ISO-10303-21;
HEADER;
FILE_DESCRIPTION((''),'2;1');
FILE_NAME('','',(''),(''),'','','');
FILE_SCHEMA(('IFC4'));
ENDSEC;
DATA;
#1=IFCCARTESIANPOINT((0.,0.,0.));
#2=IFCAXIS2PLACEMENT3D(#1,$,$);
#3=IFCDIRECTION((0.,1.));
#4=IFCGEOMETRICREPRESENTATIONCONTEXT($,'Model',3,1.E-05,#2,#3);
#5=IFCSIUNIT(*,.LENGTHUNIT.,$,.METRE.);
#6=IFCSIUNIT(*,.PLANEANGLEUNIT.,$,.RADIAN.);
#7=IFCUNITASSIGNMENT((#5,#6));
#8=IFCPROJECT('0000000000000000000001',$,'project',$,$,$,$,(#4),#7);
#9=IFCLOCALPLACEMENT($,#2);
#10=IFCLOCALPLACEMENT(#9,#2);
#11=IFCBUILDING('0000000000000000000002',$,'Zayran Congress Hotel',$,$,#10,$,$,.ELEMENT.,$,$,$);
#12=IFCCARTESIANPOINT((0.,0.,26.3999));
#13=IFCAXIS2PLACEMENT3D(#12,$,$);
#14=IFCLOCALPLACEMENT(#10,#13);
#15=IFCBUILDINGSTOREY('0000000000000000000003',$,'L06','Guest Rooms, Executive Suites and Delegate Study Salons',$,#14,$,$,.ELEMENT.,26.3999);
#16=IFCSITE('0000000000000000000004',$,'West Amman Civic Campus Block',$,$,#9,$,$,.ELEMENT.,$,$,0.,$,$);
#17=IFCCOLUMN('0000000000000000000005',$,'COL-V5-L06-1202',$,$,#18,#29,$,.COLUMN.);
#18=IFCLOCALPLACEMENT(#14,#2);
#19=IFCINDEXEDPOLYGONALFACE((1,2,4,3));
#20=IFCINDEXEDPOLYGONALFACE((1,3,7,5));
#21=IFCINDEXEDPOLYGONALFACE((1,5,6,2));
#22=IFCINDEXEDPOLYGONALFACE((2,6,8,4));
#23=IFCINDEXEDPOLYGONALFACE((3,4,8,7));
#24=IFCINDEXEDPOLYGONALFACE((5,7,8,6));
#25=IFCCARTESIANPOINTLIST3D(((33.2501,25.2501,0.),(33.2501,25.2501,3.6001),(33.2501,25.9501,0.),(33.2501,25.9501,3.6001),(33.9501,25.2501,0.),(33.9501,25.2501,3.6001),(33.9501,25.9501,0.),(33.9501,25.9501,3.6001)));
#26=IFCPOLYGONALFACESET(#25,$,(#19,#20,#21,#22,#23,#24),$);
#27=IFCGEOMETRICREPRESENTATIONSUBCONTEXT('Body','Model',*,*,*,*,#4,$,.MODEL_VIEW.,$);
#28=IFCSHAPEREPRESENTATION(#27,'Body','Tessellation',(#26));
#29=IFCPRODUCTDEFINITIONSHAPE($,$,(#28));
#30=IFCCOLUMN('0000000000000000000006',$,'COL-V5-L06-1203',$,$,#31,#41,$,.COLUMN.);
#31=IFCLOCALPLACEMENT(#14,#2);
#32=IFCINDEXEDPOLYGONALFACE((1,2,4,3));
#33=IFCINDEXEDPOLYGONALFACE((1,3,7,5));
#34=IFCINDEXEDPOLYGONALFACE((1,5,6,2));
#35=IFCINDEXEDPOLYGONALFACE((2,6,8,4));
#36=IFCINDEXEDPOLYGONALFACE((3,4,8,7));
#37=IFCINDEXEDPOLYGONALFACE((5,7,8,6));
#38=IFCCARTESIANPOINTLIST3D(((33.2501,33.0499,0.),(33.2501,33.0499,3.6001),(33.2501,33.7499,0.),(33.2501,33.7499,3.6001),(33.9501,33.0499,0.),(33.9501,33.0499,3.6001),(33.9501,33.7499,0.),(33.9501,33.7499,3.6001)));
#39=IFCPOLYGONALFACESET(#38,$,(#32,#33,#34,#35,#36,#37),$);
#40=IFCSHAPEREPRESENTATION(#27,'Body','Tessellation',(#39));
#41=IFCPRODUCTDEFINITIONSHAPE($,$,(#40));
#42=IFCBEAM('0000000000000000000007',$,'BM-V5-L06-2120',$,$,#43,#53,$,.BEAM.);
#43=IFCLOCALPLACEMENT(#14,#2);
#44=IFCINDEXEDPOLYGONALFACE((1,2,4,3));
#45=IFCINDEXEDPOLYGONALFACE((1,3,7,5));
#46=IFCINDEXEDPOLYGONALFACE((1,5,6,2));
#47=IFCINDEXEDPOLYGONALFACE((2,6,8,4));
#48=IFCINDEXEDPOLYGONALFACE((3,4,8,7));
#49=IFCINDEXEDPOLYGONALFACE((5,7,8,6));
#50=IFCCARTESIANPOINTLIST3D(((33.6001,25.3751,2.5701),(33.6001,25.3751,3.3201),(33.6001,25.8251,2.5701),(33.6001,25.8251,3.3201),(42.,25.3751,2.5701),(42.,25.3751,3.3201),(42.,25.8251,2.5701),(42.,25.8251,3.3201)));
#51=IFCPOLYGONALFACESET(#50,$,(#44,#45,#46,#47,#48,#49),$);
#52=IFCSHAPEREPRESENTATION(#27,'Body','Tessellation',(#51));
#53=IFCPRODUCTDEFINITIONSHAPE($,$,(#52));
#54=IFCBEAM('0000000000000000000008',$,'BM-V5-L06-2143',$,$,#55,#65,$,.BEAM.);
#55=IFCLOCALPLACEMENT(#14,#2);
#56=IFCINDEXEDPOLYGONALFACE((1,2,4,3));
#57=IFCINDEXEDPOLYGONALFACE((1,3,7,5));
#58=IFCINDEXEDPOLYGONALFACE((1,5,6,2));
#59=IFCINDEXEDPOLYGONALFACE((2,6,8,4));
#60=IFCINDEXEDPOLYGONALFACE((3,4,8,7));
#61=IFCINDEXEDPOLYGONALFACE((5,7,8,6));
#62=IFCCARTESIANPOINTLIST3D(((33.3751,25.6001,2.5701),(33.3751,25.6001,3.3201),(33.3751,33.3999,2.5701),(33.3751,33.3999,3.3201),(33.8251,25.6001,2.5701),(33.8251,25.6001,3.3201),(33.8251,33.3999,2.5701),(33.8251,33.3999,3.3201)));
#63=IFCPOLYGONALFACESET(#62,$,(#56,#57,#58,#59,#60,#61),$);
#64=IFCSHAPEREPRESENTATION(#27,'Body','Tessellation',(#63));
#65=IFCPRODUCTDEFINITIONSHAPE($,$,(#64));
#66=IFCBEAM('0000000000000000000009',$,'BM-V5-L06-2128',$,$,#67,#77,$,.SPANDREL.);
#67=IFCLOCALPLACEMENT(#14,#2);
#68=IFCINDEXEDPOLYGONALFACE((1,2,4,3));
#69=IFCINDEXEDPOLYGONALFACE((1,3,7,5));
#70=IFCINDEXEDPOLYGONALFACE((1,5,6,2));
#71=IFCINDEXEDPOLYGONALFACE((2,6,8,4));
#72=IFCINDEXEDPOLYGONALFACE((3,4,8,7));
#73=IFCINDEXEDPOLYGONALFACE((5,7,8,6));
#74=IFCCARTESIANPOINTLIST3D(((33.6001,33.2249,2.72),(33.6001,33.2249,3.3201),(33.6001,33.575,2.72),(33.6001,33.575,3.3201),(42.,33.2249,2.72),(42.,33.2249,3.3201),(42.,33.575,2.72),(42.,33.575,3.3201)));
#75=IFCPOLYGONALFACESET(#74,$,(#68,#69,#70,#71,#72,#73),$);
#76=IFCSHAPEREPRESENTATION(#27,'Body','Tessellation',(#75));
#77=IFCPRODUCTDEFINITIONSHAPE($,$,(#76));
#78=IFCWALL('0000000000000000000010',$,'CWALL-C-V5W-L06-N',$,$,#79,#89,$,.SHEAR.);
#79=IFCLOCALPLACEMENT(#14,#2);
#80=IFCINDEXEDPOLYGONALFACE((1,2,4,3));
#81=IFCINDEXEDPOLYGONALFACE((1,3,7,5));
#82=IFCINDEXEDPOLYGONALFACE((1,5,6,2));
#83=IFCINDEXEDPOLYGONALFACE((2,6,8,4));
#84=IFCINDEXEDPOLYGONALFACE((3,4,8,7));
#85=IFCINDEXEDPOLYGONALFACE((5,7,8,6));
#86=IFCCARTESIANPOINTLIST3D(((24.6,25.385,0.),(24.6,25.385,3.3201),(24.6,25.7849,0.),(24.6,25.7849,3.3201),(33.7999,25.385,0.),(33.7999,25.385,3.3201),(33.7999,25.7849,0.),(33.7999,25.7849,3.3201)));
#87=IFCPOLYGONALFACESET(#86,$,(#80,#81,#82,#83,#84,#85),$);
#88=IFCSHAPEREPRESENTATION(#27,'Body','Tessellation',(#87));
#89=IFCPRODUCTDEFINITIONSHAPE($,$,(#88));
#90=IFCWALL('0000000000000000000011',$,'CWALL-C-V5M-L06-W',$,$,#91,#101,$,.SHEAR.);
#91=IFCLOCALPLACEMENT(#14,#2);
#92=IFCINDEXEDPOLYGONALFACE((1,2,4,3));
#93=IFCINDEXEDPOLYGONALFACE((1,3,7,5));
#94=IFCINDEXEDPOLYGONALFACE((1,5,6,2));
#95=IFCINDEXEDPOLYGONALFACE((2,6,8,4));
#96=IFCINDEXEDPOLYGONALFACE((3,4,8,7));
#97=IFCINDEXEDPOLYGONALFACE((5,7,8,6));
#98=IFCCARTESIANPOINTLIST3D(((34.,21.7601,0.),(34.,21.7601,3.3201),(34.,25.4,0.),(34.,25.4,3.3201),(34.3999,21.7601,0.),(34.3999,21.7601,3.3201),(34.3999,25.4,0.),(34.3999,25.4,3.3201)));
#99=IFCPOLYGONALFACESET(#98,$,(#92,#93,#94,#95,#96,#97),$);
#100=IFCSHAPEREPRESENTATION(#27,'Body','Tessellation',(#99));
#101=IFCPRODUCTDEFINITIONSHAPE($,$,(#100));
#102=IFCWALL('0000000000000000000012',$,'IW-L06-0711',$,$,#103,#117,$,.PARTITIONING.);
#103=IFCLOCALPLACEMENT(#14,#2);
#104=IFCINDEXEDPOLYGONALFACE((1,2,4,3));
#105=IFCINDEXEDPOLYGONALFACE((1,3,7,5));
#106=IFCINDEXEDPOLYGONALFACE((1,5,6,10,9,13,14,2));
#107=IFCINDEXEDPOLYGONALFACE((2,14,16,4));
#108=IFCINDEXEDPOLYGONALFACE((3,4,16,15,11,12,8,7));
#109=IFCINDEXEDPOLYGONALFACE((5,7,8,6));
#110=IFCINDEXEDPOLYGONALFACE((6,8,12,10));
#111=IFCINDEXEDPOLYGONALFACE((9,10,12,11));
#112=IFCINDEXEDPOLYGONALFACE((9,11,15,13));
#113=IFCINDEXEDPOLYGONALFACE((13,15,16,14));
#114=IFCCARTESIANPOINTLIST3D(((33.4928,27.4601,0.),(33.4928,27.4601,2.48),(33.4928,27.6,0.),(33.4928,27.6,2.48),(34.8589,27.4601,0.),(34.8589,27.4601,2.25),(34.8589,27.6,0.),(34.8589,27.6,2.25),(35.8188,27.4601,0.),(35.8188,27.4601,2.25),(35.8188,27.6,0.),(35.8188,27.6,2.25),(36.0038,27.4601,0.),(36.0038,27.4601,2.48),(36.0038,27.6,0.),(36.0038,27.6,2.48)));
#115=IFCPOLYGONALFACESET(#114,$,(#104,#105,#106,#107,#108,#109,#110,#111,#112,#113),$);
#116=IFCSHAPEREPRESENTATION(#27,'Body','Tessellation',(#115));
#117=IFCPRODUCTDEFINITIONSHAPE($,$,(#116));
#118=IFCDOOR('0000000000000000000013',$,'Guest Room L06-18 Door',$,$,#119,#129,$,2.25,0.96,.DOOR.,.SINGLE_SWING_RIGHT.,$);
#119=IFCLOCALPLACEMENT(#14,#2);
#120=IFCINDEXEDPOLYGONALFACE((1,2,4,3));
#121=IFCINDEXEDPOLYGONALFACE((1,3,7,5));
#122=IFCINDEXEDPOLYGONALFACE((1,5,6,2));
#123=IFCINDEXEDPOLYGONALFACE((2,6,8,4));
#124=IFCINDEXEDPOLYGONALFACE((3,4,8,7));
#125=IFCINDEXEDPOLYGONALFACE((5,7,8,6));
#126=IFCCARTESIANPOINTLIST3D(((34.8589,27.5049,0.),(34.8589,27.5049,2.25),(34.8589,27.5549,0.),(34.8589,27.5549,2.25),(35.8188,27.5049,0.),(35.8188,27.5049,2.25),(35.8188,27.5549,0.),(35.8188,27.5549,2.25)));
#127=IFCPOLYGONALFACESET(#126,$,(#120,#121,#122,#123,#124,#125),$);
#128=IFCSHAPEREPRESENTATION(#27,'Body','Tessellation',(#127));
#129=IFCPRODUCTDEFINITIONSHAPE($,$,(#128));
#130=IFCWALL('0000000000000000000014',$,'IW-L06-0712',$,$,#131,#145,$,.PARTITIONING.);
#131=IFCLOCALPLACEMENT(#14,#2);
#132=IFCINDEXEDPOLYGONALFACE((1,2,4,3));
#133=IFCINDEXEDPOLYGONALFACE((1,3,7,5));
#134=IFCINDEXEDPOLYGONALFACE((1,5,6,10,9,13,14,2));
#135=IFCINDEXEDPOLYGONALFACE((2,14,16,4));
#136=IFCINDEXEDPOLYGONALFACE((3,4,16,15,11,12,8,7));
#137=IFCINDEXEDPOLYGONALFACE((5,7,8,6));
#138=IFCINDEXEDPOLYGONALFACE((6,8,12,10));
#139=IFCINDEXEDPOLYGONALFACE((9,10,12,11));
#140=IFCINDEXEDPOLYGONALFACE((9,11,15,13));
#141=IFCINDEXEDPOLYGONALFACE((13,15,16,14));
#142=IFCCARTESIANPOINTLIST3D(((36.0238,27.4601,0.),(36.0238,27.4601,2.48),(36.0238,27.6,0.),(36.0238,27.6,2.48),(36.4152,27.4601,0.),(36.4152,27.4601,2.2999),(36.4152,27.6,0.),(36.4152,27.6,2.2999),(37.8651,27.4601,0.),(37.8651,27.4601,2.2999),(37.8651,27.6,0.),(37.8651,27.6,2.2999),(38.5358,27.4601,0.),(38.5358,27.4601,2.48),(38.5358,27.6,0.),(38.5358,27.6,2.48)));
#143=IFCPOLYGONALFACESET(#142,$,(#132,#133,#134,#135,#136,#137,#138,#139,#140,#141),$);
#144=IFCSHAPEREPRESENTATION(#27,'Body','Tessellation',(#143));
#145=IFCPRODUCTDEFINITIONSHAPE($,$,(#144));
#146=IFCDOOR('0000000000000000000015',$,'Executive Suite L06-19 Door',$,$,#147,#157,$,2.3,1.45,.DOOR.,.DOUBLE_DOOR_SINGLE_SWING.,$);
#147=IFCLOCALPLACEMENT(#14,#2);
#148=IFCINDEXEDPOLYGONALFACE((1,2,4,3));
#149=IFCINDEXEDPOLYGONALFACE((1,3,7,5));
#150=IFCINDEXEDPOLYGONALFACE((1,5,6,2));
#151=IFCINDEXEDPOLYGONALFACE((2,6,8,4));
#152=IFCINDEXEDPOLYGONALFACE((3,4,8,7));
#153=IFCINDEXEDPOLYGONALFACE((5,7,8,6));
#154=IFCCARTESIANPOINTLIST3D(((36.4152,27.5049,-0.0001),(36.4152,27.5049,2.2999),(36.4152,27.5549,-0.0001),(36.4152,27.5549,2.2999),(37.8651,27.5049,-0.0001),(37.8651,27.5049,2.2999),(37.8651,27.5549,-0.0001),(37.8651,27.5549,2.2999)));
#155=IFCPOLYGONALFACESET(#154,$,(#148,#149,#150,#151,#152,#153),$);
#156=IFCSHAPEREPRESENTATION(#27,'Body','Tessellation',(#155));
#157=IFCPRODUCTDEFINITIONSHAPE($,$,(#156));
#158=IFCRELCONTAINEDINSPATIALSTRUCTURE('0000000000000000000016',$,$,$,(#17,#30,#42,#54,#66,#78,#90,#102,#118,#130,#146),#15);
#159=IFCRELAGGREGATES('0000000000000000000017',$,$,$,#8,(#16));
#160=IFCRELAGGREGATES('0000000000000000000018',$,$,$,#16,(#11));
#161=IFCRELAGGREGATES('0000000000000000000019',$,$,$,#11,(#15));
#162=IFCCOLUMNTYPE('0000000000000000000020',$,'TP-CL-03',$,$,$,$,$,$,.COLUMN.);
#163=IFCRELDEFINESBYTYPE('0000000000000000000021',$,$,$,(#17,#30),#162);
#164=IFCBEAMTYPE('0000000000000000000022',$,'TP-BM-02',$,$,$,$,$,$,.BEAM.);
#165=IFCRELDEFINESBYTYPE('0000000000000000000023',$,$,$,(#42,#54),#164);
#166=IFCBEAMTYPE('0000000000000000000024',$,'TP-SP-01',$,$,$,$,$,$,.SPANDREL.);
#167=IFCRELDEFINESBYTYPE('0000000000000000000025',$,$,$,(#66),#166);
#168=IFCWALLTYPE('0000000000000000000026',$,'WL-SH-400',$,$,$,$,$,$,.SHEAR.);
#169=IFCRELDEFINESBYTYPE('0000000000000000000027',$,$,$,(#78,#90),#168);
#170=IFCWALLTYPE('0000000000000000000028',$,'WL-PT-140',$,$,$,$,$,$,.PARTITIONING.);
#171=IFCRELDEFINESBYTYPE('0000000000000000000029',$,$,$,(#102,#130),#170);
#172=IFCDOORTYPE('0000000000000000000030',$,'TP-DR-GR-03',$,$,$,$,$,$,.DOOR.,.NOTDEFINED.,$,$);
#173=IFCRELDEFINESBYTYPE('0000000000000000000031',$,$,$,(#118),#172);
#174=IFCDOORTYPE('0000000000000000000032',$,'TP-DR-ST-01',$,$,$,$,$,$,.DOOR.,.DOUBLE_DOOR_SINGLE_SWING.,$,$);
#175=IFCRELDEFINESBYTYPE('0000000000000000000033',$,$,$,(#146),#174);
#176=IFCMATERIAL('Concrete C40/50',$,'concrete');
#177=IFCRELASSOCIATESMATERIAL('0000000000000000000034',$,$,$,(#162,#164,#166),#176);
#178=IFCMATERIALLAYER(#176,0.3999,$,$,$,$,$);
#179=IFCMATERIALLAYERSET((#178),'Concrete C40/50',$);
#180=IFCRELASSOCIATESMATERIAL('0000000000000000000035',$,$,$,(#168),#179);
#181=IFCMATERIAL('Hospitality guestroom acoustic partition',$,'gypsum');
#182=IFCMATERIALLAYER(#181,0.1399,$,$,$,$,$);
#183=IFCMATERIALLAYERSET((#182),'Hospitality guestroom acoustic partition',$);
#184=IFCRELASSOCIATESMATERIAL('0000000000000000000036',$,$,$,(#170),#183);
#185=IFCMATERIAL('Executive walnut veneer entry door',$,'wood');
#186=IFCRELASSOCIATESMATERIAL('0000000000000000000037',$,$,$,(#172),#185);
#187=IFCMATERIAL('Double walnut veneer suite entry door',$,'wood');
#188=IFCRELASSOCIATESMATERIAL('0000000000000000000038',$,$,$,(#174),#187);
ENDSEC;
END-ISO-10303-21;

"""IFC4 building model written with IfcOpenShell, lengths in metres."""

from ifc_helpers import new_model, si_unit, direction, frame, frame_2d, origin, origin_2d, place, context, subcontext, project, spatial, rectangle, extrude, material, layer, layer_set, material_profile, profile_set, type_object, element, fill, save


model = new_model("IFC4")

# Units and contexts
model_context = context("Model", 3, precision=1e-05, world=origin(), true_north=direction((0.0, 1.0)))
body_context = subcontext(model_context, "Body", "Model", "MODEL_VIEW")
ifc_project = project(units=[si_unit("LENGTHUNIT", "METRE"), si_unit("PLANEANGLEUNIT", "RADIAN")], contexts=[model_context])

# Site, building, storey
site_placement = place(None, origin())
site = spatial("IfcSite", under=ifc_project, at=site_placement, Name="West Amman Civic Campus Block", CompositionType="ELEMENT", RefElevation=0.0)
building_placement = place(site_placement, origin())
building = spatial("IfcBuilding", under=site, at=building_placement, Name="Zayran Congress Hotel", CompositionType="ELEMENT")
storey_placement = place(building_placement, frame((0.0, 0.0, 26.3999)))
storey = spatial("IfcBuildingStorey", under=building, at=storey_placement, Name="L06", Description="Guest Rooms, Executive Suites and Delegate Study Salons", CompositionType="ELEMENT", Elevation=26.3999)

# Columns
ifc_material_1 = material(Name="Concrete C40/50", Category="concrete")
ifc_material_profile_1 = material_profile(ifc_material_1, rectangle(XDim=0.7, YDim=0.7, at=origin_2d()), Name="RC 700x700")
ifc_profile_set_1 = profile_set([ifc_material_profile_1], Name="Concrete C40/50")
column_type = type_object("IfcColumnType", Name="TP-CL-03", PredefinedType="COLUMN", material=ifc_profile_set_1)
for number, where, z_axis, x_axis, name in (
    (1, (33.6001, 25.6001, 0.0), (0.0, 0.0, 1.0), (1.0, 0.0, 0.0), "COL-V5-L06-1202"),
    (2, (33.6001, 33.3999, 0.0), (0.0, 0.0, 1.0), (1.0, 0.0, 0.0), "COL-V5-L06-1203"),
):
    element("IfcColumn", number, at=place(storey_placement, frame(where, z_axis=z_axis, x_axis=x_axis)), inside=storey, type_object=column_type, Name=name, PredefinedType="COLUMN", context=body_context, shape_type="SweptSolid", body=[
        extrude(rectangle(XDim=0.7, YDim=0.7, at=origin_2d()), origin(), (0.0, 0.0, 1.0), 3.6001),
    ])

# Beams
ifc_material_profile_2 = material_profile(ifc_material_1, rectangle(XDim=0.45, YDim=0.75, at=origin_2d()), Name="RC 450x750")
ifc_profile_set_2 = profile_set([ifc_material_profile_2], Name="Concrete C40/50")
beam_type_1 = type_object("IfcBeamType", Name="TP-BM-02", PredefinedType="BEAM", material=ifc_profile_set_2)
beam_1_placement = place(storey_placement, frame((33.6001, 25.6001, 2.9451), z_axis=(1.0, 0.0, 0.0), x_axis=(0.0, 1.0, 0.0)))
element("IfcBeam", 3, at=beam_1_placement, inside=storey, type_object=beam_type_1, Name="BM-V5-L06-2120", PredefinedType="BEAM", context=body_context, shape_type="SweptSolid", body=[
    extrude(rectangle(XDim=0.45, YDim=0.75, at=origin_2d()), origin(), (0.0, 0.0, 1.0), 8.3999),
])
beam_2_placement = place(storey_placement, frame((33.6001, 25.6001, 2.9451), z_axis=(0.0, 1.0, 0.0), x_axis=(-1.0, 0.0, 0.0)))
element("IfcBeam", 4, at=beam_2_placement, inside=storey, type_object=beam_type_1, Name="BM-V5-L06-2143", PredefinedType="BEAM", context=body_context, shape_type="SweptSolid", body=[
    extrude(rectangle(XDim=0.45, YDim=0.75, at=origin_2d()), origin(), (0.0, 0.0, 1.0), 7.7998),
])
ifc_material_profile_3 = material_profile(ifc_material_1, rectangle(XDim=0.3501, YDim=0.6001, at=origin_2d()), Name="RC 350x600")
ifc_profile_set_3 = profile_set([ifc_material_profile_3], Name="Concrete C40/50")
beam_type_2 = type_object("IfcBeamType", Name="TP-SP-01", PredefinedType="SPANDREL", material=ifc_profile_set_3)
beam_3_placement = place(storey_placement, frame((33.6001, 33.3999, 3.02), z_axis=(1.0, 0.0, 0.0), x_axis=(0.0, 1.0, 0.0)))
element("IfcBeam", 5, at=beam_3_placement, inside=storey, type_object=beam_type_2, Name="BM-V5-L06-2128", PredefinedType="SPANDREL", context=body_context, shape_type="SweptSolid", body=[
    extrude(rectangle(XDim=0.3501, YDim=0.6001, at=origin_2d()), origin(), (0.0, 0.0, 1.0), 8.3999),
])

# Walls
ifc_layer_1 = layer(ifc_material_1, 0.3999)
ifc_layer_set_1 = layer_set([ifc_layer_1], Name="Concrete C40/50")
wall_type_1 = type_object("IfcWallType", Name="WL-SH-400", PredefinedType="SHEAR", material=ifc_layer_set_1)
wall_1_placement = place(storey_placement, frame((33.8, 25.585, 0.0), z_axis=(0.0, 0.0, 1.0), x_axis=(-1.0, 0.0, 0.0)))
element("IfcWall", 6, at=wall_1_placement, inside=storey, type_object=wall_type_1, Name="CWALL-C-V5W-L06-N", PredefinedType="SHEAR", context=body_context, shape_type="SweptSolid", body=[
    extrude(rectangle(XDim=9.2, YDim=0.3999, at=frame_2d((4.6001, 0.0))), origin(), (0.0, 0.0, 1.0), 3.3201),
])
wall_2_placement = place(storey_placement, frame((34.2, 25.3999, 0.0), z_axis=(0.0, 0.0, 1.0), x_axis=(0.0, -1.0, 0.0)))
element("IfcWall", 7, at=wall_2_placement, inside=storey, type_object=wall_type_1, Name="CWALL-C-V5M-L06-W", PredefinedType="SHEAR", context=body_context, shape_type="SweptSolid", body=[
    extrude(rectangle(XDim=3.6399, YDim=0.3999, at=frame_2d((1.8198, 0.0))), origin(), (0.0, 0.0, 1.0), 3.3201),
])

# Walls, openings, doors
ifc_material_2 = material(Name="Hospitality guestroom acoustic partition", Category="gypsum")
ifc_layer_2 = layer(ifc_material_2, 0.1399)
ifc_layer_set_2 = layer_set([ifc_layer_2], Name="Hospitality guestroom acoustic partition")
wall_type_2 = type_object("IfcWallType", Name="WL-PT-140", PredefinedType="PARTITIONING", material=ifc_layer_set_2)
wall_3_placement = place(storey_placement, frame((33.4929, 27.53, 0.0), z_axis=(0.0, 0.0, 1.0), x_axis=(1.0, 0.0, 0.0)))
wall_3 = element("IfcWall", 8, at=wall_3_placement, inside=storey, type_object=wall_type_2, Name="IW-L06-0711", PredefinedType="PARTITIONING", context=body_context, shape_type="SweptSolid", body=[
    extrude(rectangle(XDim=2.511, YDim=0.1399, at=frame_2d((1.2554, 0.0))), origin(), (0.0, 0.0, 1.0), 2.48),
])
opening_1_placement = place(wall_3_placement, frame((1.366, 0.0, 0.0)))
opening_1 = element("IfcOpeningElement", 9, at=opening_1_placement, cuts=wall_3, PredefinedType="OPENING", context=body_context, shape_type="SweptSolid", body=[
    extrude(rectangle(XDim=0.96, YDim=2.25, at=frame_2d((0.48, 1.125))), frame((0.0, 0.0798, 0.0), z_axis=(0.0, -1.0, 0.0), x_axis=(1.0, 0.0, 0.0)), (0.0, 0.0, 1.0), 0.1599),
])
ifc_material_3 = material(Name="Executive walnut veneer entry door", Category="wood")
door_type_1 = type_object("IfcDoorType", Name="TP-DR-GR-03", OperationType="NOTDEFINED", PredefinedType="DOOR", material=ifc_material_3)
door_1_placement = place(opening_1_placement, origin())
door_1 = element("IfcDoor", 10, at=door_1_placement, inside=storey, type_object=door_type_1, Name="Guest Room L06-18 Door", OperationType="SINGLE_SWING_RIGHT", OverallHeight=2.25, OverallWidth=0.96, PredefinedType="DOOR", context=body_context, shape_type="SweptSolid", body=[
    extrude(rectangle(XDim=0.96, YDim=2.25, at=frame_2d((0.48, 1.125))), frame((0.0, 0.0249, 0.0), z_axis=(0.0, -1.0, 0.0), x_axis=(1.0, 0.0, 0.0)), (0.0, 0.0, 1.0), 0.05),
])
fill(opening_1, door_1)
wall_4_placement = place(storey_placement, frame((36.0239, 27.53, 0.0), z_axis=(0.0, 0.0, 1.0), x_axis=(1.0, 0.0, 0.0)))
wall_4 = element("IfcWall", 11, at=wall_4_placement, inside=storey, type_object=wall_type_2, Name="IW-L06-0712", PredefinedType="PARTITIONING", context=body_context, shape_type="SweptSolid", body=[
    extrude(rectangle(XDim=2.512, YDim=0.1399, at=frame_2d((1.2559, 0.0))), origin(), (0.0, 0.0, 1.0), 2.48),
])
opening_2_placement = place(wall_4_placement, frame((0.3911, 0.0, 0.0)))
opening_2 = element("IfcOpeningElement", 12, at=opening_2_placement, cuts=wall_4, PredefinedType="OPENING", context=body_context, shape_type="SweptSolid", body=[
    extrude(rectangle(XDim=1.45, YDim=2.3, at=frame_2d((0.7251, 1.1499))), frame((0.0, 0.0798, 0.0), z_axis=(0.0, -1.0, 0.0), x_axis=(1.0, 0.0, 0.0)), (0.0, 0.0, 1.0), 0.1599),
])
ifc_material_4 = material(Name="Double walnut veneer suite entry door", Category="wood")
door_type_2 = type_object("IfcDoorType", Name="TP-DR-ST-01", OperationType="DOUBLE_DOOR_SINGLE_SWING", PredefinedType="DOOR", material=ifc_material_4)
door_2_placement = place(opening_2_placement, origin())
door_2 = element("IfcDoor", 13, at=door_2_placement, inside=storey, type_object=door_type_2, Name="Executive Suite L06-19 Door", OperationType="DOUBLE_DOOR_SINGLE_SWING", OverallHeight=2.3, OverallWidth=1.45, PredefinedType="DOOR", context=body_context, shape_type="SweptSolid", body=[
    extrude(rectangle(XDim=1.45, YDim=2.3, at=frame_2d((0.7251, 1.1499))), frame((0.0, 0.0249, 0.0), z_axis=(0.0, -1.0, 0.0), x_axis=(1.0, 0.0, 0.0)), (0.0, 0.0, 1.0), 0.05),
])
fill(opening_2, door_2)

save(model, "model.ifc")
